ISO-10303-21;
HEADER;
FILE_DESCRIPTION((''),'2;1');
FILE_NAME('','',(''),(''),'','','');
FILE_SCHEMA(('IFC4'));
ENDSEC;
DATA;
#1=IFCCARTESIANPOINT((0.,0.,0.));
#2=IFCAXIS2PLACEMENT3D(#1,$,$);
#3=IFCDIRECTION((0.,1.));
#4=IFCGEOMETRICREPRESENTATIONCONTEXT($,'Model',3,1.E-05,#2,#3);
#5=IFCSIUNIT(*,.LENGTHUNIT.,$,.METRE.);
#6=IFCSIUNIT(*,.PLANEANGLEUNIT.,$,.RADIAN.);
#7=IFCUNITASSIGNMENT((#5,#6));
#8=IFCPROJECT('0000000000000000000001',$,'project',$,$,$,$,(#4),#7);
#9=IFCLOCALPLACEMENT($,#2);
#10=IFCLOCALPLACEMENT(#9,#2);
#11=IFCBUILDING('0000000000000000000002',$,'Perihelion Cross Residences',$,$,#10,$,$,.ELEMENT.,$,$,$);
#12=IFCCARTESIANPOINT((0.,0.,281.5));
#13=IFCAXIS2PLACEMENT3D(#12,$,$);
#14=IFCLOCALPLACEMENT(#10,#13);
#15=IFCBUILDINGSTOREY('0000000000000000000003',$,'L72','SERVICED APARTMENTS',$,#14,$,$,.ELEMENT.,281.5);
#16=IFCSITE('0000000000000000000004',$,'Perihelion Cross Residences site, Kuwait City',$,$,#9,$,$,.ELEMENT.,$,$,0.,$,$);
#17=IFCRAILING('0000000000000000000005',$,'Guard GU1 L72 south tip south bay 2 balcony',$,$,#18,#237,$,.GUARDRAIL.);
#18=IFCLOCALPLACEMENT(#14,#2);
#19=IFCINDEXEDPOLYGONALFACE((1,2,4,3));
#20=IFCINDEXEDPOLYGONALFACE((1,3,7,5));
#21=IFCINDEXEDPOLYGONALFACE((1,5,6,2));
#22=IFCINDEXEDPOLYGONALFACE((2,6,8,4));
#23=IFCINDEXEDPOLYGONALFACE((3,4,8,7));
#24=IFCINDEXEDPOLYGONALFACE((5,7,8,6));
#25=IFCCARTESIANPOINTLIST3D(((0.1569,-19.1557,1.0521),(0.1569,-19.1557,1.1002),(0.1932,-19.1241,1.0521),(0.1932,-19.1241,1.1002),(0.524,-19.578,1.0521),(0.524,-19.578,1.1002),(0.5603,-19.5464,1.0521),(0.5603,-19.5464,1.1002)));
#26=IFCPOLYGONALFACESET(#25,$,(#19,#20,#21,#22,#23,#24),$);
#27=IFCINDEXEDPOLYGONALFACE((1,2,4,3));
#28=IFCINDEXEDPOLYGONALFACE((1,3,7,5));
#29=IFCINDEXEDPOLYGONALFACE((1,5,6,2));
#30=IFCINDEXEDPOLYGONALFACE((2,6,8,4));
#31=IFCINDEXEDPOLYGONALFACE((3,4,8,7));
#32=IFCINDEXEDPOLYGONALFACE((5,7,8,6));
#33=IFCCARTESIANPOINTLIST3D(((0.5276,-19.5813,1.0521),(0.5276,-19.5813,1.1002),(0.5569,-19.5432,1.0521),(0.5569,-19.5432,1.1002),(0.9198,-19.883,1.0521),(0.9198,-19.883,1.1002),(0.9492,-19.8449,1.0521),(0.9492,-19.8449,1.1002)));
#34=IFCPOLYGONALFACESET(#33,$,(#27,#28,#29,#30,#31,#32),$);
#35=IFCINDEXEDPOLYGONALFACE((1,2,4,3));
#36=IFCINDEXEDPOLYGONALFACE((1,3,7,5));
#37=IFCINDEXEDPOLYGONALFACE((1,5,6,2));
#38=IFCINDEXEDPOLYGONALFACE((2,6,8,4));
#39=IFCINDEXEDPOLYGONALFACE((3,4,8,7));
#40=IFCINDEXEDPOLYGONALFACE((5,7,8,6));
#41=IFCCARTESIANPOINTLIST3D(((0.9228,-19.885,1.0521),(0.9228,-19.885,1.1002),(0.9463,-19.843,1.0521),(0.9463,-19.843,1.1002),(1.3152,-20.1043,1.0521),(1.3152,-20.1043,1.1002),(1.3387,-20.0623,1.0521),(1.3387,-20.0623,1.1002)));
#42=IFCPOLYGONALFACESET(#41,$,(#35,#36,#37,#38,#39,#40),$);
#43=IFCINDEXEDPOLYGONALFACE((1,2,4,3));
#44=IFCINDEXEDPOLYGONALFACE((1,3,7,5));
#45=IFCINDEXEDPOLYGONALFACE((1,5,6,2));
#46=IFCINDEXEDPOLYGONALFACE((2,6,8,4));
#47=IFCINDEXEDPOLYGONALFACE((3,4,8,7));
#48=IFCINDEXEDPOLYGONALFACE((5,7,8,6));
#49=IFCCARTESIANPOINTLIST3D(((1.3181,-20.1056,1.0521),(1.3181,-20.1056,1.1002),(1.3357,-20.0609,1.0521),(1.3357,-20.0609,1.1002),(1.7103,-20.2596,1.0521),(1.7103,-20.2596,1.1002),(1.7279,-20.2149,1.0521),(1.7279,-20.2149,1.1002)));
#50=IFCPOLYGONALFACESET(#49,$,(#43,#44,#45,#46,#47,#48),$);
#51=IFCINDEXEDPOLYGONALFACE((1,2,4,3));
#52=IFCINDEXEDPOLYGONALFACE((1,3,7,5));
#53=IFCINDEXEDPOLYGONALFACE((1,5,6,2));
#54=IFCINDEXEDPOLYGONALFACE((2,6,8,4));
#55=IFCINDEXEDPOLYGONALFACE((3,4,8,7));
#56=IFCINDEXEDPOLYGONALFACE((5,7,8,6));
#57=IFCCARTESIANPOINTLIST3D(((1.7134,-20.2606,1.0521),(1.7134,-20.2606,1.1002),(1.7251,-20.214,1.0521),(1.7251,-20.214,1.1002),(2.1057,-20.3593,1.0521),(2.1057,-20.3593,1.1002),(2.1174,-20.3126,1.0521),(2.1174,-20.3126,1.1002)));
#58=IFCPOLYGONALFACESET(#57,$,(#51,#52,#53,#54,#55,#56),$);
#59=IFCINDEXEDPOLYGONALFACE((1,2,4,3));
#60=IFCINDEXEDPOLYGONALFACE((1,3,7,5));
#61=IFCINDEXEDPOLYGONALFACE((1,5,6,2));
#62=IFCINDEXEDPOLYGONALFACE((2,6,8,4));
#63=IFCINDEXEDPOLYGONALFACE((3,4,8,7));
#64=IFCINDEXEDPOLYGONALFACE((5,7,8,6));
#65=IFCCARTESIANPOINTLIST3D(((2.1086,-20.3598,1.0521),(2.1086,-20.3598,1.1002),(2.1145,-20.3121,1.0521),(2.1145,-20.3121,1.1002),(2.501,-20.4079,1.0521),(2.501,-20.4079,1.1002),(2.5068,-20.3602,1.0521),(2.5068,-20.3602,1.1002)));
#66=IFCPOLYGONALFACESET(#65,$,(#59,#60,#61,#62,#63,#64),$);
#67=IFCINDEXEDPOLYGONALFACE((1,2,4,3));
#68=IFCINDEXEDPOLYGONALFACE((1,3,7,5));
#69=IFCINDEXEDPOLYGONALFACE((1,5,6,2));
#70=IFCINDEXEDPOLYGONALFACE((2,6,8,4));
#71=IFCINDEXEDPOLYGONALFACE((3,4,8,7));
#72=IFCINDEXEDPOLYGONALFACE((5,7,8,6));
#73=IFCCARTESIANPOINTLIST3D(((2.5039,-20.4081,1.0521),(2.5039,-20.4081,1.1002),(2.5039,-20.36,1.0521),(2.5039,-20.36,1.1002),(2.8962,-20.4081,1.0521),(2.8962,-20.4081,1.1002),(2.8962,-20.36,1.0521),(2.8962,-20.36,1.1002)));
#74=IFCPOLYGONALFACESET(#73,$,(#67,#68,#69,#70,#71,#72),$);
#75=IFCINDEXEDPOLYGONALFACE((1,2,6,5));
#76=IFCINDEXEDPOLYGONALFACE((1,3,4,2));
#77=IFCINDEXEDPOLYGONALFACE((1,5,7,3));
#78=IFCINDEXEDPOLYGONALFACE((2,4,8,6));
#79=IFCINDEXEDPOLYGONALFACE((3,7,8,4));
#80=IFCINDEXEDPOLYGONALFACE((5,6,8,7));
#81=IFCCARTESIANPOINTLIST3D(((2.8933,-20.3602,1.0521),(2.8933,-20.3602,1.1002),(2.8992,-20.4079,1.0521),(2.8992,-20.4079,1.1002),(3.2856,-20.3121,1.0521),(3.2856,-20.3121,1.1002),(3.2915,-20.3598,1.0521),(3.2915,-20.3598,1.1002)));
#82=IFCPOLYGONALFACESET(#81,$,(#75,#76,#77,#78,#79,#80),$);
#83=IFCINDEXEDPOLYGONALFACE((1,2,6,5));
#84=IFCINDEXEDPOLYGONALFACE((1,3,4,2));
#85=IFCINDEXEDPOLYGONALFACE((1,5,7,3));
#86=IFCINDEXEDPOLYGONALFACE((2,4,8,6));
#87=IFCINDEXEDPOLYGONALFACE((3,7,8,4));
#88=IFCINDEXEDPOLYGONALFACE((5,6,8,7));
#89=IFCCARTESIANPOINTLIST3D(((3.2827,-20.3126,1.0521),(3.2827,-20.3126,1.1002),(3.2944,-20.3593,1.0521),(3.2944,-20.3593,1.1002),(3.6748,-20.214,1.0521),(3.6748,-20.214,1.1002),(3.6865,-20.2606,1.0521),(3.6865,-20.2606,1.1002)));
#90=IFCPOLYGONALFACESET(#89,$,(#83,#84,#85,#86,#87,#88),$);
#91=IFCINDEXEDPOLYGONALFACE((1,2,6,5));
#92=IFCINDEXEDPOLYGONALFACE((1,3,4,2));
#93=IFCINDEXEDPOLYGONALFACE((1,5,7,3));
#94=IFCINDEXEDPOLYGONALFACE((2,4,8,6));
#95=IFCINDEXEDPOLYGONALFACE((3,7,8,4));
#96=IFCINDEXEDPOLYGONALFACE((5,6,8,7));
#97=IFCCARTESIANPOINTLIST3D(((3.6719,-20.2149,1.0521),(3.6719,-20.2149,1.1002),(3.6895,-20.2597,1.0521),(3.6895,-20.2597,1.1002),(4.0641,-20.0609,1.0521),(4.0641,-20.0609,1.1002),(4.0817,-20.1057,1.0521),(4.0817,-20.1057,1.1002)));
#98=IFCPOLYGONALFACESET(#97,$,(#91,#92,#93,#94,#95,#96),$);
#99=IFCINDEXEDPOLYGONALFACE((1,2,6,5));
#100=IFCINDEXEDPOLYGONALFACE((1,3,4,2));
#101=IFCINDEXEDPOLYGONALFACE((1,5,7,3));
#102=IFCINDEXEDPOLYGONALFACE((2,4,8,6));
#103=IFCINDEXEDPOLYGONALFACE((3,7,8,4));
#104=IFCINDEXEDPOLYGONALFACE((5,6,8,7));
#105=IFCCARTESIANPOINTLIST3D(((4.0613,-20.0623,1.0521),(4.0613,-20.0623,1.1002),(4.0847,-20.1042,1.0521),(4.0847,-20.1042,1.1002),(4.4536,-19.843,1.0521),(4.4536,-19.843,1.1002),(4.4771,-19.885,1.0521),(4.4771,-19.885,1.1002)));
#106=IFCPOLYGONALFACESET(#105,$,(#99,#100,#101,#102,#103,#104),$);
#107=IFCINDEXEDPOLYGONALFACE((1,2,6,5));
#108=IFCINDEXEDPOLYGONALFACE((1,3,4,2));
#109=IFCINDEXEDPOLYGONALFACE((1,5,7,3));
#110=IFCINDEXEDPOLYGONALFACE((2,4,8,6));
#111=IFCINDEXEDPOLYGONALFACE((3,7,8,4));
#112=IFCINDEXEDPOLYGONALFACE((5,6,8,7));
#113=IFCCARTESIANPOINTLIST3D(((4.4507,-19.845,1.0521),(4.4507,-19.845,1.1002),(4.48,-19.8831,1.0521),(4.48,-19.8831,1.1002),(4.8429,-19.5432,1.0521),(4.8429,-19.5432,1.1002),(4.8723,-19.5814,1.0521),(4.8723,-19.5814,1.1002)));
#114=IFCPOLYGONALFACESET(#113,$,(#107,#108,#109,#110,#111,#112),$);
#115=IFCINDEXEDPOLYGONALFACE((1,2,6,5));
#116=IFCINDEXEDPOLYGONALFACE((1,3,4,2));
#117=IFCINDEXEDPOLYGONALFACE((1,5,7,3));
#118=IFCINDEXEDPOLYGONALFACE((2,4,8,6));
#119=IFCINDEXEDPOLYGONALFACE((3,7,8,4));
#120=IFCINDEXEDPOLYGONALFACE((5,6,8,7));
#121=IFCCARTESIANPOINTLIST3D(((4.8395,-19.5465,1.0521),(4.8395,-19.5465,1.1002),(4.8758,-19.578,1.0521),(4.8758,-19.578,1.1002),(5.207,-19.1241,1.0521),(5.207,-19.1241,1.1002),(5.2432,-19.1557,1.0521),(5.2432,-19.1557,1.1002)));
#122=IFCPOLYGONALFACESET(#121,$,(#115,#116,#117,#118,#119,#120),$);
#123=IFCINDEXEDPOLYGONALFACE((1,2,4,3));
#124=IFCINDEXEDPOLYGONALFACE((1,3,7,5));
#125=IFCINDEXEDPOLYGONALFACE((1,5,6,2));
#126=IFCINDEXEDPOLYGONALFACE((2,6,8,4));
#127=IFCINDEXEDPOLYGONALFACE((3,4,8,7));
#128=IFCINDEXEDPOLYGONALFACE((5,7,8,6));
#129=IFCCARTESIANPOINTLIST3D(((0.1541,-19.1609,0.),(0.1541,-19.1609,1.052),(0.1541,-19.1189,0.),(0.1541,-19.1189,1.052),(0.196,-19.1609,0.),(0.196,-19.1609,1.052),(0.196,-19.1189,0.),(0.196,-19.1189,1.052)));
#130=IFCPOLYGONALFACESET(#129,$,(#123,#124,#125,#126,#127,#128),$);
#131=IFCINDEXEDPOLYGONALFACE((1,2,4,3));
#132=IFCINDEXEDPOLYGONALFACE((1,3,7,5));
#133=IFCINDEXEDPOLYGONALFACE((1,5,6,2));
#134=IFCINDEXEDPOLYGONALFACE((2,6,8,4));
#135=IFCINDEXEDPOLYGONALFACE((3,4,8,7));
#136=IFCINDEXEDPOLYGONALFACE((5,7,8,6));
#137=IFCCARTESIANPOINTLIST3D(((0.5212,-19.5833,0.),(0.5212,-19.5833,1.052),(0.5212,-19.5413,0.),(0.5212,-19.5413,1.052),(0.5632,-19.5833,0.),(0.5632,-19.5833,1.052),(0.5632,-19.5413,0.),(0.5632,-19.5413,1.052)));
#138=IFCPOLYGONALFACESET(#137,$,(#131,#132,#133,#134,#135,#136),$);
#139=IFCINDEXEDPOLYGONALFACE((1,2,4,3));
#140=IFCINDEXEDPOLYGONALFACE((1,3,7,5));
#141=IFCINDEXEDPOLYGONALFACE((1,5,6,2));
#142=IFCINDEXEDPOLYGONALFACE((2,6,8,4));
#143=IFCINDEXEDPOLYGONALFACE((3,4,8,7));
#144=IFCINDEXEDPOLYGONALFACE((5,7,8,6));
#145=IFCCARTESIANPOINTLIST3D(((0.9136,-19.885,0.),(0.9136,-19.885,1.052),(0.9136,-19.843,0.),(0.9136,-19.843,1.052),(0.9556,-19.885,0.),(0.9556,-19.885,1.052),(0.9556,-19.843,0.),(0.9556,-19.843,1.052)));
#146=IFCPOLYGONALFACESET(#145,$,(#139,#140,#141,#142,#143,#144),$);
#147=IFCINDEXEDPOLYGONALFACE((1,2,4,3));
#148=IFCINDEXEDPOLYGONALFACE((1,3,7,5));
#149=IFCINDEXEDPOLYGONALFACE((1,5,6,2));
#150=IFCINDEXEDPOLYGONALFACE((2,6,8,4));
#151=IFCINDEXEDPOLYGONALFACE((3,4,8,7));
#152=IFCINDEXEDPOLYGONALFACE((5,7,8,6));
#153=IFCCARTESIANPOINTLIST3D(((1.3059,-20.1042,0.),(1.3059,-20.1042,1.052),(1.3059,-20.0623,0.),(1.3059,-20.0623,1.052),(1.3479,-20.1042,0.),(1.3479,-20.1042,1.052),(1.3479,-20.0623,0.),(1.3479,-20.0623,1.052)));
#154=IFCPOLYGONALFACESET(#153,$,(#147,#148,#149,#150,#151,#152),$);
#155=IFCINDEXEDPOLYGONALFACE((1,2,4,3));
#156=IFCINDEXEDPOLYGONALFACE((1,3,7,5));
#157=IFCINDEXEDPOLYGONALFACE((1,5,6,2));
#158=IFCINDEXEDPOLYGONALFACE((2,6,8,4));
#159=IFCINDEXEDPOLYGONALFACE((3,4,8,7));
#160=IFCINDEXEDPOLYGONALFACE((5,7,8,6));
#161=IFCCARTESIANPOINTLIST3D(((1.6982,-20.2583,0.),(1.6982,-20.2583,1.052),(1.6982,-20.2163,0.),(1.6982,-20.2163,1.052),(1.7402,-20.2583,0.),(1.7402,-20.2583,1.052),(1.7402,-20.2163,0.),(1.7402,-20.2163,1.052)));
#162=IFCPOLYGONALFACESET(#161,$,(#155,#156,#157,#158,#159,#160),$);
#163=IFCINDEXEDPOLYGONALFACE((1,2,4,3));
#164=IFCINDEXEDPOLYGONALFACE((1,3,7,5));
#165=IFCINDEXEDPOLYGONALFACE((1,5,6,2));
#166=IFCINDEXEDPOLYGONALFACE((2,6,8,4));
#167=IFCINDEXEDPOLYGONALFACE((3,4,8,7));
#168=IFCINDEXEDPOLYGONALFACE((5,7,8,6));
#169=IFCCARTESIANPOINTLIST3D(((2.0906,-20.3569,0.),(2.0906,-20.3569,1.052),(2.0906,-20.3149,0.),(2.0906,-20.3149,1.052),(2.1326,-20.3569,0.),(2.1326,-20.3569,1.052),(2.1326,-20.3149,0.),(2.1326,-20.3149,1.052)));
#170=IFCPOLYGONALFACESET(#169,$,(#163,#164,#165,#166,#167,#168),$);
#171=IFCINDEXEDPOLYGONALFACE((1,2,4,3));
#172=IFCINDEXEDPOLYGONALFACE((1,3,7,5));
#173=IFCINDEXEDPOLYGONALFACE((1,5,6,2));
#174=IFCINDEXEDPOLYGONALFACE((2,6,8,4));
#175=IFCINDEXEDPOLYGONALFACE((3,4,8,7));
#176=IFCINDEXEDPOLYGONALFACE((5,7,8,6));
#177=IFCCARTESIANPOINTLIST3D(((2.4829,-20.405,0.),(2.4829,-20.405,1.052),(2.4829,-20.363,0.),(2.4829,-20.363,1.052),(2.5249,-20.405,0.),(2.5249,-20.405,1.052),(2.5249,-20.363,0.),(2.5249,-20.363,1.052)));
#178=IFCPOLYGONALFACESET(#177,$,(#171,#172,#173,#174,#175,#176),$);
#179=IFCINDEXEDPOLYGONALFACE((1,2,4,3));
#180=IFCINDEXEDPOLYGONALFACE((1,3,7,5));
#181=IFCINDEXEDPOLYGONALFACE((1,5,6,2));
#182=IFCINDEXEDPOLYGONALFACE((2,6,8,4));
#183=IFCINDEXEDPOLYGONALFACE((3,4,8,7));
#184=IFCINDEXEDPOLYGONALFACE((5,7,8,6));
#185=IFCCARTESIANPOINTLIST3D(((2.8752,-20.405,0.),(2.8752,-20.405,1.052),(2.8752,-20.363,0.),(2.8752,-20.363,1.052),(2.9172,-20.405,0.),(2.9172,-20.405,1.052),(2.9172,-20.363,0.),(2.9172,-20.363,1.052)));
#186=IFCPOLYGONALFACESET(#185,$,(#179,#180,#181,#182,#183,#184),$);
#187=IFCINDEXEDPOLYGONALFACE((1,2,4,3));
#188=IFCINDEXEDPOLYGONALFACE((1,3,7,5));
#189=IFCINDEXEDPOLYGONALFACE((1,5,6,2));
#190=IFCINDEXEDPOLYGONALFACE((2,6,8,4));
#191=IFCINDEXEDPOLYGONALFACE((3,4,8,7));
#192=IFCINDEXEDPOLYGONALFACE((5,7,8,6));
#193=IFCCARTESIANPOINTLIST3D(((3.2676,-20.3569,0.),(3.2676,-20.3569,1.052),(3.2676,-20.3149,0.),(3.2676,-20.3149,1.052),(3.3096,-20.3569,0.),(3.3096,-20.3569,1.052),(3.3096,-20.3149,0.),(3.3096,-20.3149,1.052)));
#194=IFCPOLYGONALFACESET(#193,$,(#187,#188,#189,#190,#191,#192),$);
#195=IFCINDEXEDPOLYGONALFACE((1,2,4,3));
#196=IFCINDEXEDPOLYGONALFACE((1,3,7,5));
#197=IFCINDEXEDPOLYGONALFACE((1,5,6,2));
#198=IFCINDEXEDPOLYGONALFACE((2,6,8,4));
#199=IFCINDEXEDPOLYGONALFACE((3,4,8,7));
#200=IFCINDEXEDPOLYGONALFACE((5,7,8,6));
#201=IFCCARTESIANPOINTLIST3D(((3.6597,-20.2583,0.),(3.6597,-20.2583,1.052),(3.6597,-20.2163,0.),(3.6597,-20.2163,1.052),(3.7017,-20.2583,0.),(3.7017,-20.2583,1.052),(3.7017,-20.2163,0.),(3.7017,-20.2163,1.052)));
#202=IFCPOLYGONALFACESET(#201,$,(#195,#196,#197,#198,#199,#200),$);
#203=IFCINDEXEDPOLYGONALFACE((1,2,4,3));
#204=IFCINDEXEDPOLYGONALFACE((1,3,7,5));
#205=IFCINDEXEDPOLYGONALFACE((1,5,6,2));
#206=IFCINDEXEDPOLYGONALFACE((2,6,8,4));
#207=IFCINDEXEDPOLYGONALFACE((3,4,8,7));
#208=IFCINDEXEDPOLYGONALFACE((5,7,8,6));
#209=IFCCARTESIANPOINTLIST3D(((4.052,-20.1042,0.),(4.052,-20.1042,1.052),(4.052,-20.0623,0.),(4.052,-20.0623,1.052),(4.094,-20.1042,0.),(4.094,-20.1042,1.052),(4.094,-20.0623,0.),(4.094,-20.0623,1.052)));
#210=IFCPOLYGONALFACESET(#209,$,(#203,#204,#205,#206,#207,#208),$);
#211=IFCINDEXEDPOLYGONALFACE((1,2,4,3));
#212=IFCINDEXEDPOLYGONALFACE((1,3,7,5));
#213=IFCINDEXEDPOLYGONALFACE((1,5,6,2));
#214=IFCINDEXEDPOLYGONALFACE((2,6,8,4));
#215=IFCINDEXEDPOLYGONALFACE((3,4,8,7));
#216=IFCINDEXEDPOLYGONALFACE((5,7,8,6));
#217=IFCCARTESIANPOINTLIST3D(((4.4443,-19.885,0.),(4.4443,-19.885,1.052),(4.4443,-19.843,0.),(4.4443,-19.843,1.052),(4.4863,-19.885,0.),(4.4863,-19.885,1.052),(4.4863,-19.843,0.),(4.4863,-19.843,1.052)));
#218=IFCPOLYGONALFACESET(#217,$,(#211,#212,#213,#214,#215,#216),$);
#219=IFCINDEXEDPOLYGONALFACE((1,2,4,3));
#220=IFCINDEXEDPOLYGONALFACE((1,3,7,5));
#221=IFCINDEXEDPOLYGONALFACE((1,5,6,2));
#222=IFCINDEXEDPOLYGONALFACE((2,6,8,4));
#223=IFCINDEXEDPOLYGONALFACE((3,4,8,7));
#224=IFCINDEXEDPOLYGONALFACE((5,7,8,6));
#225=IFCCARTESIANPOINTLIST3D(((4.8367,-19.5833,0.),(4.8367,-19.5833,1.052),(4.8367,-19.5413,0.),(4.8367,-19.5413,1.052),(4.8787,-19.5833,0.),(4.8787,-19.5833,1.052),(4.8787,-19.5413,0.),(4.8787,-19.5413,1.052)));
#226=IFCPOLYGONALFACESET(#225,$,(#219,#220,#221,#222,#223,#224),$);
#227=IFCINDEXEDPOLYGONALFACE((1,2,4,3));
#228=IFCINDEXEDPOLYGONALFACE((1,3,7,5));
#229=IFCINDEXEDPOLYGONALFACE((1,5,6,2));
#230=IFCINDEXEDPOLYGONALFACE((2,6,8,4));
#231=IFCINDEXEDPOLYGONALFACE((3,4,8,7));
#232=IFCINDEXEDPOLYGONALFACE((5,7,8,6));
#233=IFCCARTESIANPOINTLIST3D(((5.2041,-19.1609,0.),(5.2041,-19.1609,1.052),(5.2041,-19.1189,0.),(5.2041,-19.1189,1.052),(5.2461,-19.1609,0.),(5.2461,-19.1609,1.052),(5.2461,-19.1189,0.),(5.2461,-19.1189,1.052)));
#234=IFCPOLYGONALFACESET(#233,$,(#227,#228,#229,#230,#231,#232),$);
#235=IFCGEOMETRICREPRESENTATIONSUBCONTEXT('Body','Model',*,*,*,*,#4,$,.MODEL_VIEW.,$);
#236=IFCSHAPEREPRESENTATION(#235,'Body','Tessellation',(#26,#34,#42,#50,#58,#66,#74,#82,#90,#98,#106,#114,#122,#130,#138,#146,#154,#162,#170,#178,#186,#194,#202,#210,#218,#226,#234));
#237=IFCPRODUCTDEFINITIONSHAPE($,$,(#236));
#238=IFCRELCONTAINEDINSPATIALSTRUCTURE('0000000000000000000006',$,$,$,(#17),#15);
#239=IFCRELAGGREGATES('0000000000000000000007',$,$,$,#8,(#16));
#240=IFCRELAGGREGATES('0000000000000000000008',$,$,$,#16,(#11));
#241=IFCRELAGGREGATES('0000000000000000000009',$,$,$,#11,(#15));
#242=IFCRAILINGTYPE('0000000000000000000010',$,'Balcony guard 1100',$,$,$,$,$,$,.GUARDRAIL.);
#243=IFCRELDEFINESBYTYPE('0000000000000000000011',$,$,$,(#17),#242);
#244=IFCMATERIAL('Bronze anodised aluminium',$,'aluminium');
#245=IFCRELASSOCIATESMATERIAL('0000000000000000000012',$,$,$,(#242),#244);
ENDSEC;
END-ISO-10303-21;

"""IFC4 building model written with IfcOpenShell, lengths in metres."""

from ifc_helpers import new_model, si_unit, direction, frame, origin, origin_2d, place, context, subcontext, project, spatial, rectangle, extrude, material, type_object, element, save


model = new_model("IFC4")

# Units and contexts
model_context = context("Model", 3, precision=1e-05, world=origin(), true_north=direction((0.0, 1.0)))
body_context = subcontext(model_context, "Body", "Model", "MODEL_VIEW")
ifc_project = project(units=[si_unit("LENGTHUNIT", "METRE"), si_unit("PLANEANGLEUNIT", "RADIAN")], contexts=[model_context])

# Site, building, storey
site_placement = place(None, origin())
site = spatial("IfcSite", under=ifc_project, at=site_placement, Name="Perihelion Cross Residences site, Kuwait City", CompositionType="ELEMENT", RefElevation=0.0)
building_placement = place(site_placement, origin())
building = spatial("IfcBuilding", under=site, at=building_placement, Name="Perihelion Cross Residences", CompositionType="ELEMENT")
storey_placement = place(building_placement, frame((0.0, 0.0, 281.5)))
storey = spatial("IfcBuildingStorey", under=building, at=storey_placement, Name="L72", Description="SERVICED APARTMENTS", CompositionType="ELEMENT", Elevation=281.5)

# Railing
ifc_material_1 = material(Name="Bronze anodised aluminium", Category="aluminium")
railing_type = type_object("IfcRailingType", Name="Balcony guard 1100", PredefinedType="GUARDRAIL", material=ifc_material_1)
railing_placement = place(storey_placement, frame((0.175, -19.1399, 0.0)))
element("IfcRailing", 1, at=railing_placement, inside=storey, type_object=railing_type, Name="Guard GU1 L72 south tip south bay 2 balcony", PredefinedType="GUARDRAIL", context=body_context, shape_type="SweptSolid", body=[
    extrude(rectangle(XDim=0.0481, YDim=0.0481, at=origin_2d()), frame((0.0, 0.0, 1.0762), z_axis=(0.656092, -0.754681, 0.0), x_axis=(0.754681, 0.656092, 0.0)), (0.0, 0.0, 1.0), 0.5596),
    extrude(rectangle(XDim=0.0481, YDim=0.0481, at=origin_2d()), frame((0.3672, -0.4224, 1.0762), z_axis=(0.792661, -0.609663, 0.0), x_axis=(0.609663, 0.792661, 0.0)), (0.0, 0.0, 1.0), 0.4949),
    extrude(rectangle(XDim=0.0481, YDim=0.0481, at=origin_2d()), frame((0.7595, -0.7241, 1.0762), z_axis=(0.87295, -0.487809, 0.0), x_axis=(0.487809, 0.87295, 0.0)), (0.0, 0.0, 1.0), 0.4495),
    extrude(rectangle(XDim=0.0481, YDim=0.0481, at=origin_2d()), frame((1.1519, -0.9434, 1.0762), z_axis=(0.930815, -0.365491, 0.0), x_axis=(0.365491, 0.930815, 0.0)), (0.0, 0.0, 1.0), 0.4214),
    extrude(rectangle(XDim=0.0481, YDim=0.0481, at=origin_2d()), frame((1.5442, -1.0974, 1.0762), z_axis=(0.969822, -0.243813, 0.0), x_axis=(0.243813, 0.969822, 0.0)), (0.0, 0.0, 1.0), 0.4045),
    extrude(rectangle(XDim=0.0481, YDim=0.0481, at=origin_2d()), frame((1.9365, -1.196, 1.0762), z_axis=(0.99257, -0.121678, 0.0), x_axis=(0.121678, 0.99257, 0.0)), (0.0, 0.0, 1.0), 0.3953),
    extrude(rectangle(XDim=0.0481, YDim=0.0481, at=origin_2d()), frame((2.3289, -1.2441, 1.0762), z_axis=(1.0, 0.0, 0.0), x_axis=(0.0, 1.0, 0.0)), (0.0, 0.0, 1.0), 0.3923),
    extrude(rectangle(XDim=0.0481, YDim=0.0481, at=origin_2d()), frame((2.7212, -1.2441, 1.0762), z_axis=(0.99257, 0.121678, 0.0), x_axis=(-0.121678, 0.99257, 0.0)), (0.0, 0.0, 1.0), 0.3953),
    extrude(rectangle(XDim=0.0481, YDim=0.0481, at=origin_2d()), frame((3.1135, -1.196, 1.0762), z_axis=(0.969786, 0.243956, 0.0), x_axis=(-0.243956, 0.969786, 0.0)), (0.0, 0.0, 1.0), 0.4043),
    extrude(rectangle(XDim=0.0481, YDim=0.0481, at=origin_2d()), frame((3.5056, -1.0974, 1.0762), z_axis=(0.930815, 0.365491, 0.0), x_axis=(-0.365491, 0.930815, 0.0)), (0.0, 0.0, 1.0), 0.4214),
    extrude(rectangle(XDim=0.0481, YDim=0.0481, at=origin_2d()), frame((3.8979, -0.9434, 1.0762), z_axis=(0.87295, 0.487809, 0.0), x_axis=(-0.487809, 0.87295, 0.0)), (0.0, 0.0, 1.0), 0.4495),
    extrude(rectangle(XDim=0.0481, YDim=0.0481, at=origin_2d()), frame((4.2903, -0.7241, 1.0762), z_axis=(0.792661, 0.609663, 0.0), x_axis=(-0.609663, 0.792661, 0.0)), (0.0, 0.0, 1.0), 0.4949),
    extrude(rectangle(XDim=0.0481, YDim=0.0481, at=origin_2d()), frame((4.6826, -0.4224, 1.0762), z_axis=(0.656341, 0.754465, 0.0), x_axis=(-0.754465, 0.656341, 0.0)), (0.0, 0.0, 1.0), 0.5598),
    extrude(rectangle(XDim=0.042, YDim=0.042, at=origin_2d()), origin(), (0.0, 0.0, 1.0), 1.052),
    extrude(rectangle(XDim=0.042, YDim=0.042, at=origin_2d()), frame((0.3672, -0.4224, 0.0)), (0.0, 0.0, 1.0), 1.052),
    extrude(rectangle(XDim=0.042, YDim=0.042, at=origin_2d()), frame((0.7595, -0.7241, 0.0)), (0.0, 0.0, 1.0), 1.052),
    extrude(rectangle(XDim=0.042, YDim=0.042, at=origin_2d()), frame((1.1519, -0.9434, 0.0)), (0.0, 0.0, 1.0), 1.052),
    extrude(rectangle(XDim=0.042, YDim=0.042, at=origin_2d()), frame((1.5442, -1.0974, 0.0)), (0.0, 0.0, 1.0), 1.052),
    extrude(rectangle(XDim=0.042, YDim=0.042, at=origin_2d()), frame((1.9365, -1.196, 0.0)), (0.0, 0.0, 1.0), 1.052),
    extrude(rectangle(XDim=0.042, YDim=0.042, at=origin_2d()), frame((2.3289, -1.2441, 0.0)), (0.0, 0.0, 1.0), 1.052),
    extrude(rectangle(XDim=0.042, YDim=0.042, at=origin_2d()), frame((2.7212, -1.2441, 0.0)), (0.0, 0.0, 1.0), 1.052),
    extrude(rectangle(XDim=0.042, YDim=0.042, at=origin_2d()), frame((3.1135, -1.196, 0.0)), (0.0, 0.0, 1.0), 1.052),
    extrude(rectangle(XDim=0.042, YDim=0.042, at=origin_2d()), frame((3.5056, -1.0974, 0.0)), (0.0, 0.0, 1.0), 1.052),
    extrude(rectangle(XDim=0.042, YDim=0.042, at=origin_2d()), frame((3.8979, -0.9434, 0.0)), (0.0, 0.0, 1.0), 1.052),
    extrude(rectangle(XDim=0.042, YDim=0.042, at=origin_2d()), frame((4.2903, -0.7241, 0.0)), (0.0, 0.0, 1.0), 1.052),
    extrude(rectangle(XDim=0.042, YDim=0.042, at=origin_2d()), frame((4.6826, -0.4224, 0.0)), (0.0, 0.0, 1.0), 1.052),
    extrude(rectangle(XDim=0.042, YDim=0.042, at=origin_2d()), frame((5.05, 0.0, 0.0)), (0.0, 0.0, 1.0), 1.052),
])

save(model, "model.ifc")
